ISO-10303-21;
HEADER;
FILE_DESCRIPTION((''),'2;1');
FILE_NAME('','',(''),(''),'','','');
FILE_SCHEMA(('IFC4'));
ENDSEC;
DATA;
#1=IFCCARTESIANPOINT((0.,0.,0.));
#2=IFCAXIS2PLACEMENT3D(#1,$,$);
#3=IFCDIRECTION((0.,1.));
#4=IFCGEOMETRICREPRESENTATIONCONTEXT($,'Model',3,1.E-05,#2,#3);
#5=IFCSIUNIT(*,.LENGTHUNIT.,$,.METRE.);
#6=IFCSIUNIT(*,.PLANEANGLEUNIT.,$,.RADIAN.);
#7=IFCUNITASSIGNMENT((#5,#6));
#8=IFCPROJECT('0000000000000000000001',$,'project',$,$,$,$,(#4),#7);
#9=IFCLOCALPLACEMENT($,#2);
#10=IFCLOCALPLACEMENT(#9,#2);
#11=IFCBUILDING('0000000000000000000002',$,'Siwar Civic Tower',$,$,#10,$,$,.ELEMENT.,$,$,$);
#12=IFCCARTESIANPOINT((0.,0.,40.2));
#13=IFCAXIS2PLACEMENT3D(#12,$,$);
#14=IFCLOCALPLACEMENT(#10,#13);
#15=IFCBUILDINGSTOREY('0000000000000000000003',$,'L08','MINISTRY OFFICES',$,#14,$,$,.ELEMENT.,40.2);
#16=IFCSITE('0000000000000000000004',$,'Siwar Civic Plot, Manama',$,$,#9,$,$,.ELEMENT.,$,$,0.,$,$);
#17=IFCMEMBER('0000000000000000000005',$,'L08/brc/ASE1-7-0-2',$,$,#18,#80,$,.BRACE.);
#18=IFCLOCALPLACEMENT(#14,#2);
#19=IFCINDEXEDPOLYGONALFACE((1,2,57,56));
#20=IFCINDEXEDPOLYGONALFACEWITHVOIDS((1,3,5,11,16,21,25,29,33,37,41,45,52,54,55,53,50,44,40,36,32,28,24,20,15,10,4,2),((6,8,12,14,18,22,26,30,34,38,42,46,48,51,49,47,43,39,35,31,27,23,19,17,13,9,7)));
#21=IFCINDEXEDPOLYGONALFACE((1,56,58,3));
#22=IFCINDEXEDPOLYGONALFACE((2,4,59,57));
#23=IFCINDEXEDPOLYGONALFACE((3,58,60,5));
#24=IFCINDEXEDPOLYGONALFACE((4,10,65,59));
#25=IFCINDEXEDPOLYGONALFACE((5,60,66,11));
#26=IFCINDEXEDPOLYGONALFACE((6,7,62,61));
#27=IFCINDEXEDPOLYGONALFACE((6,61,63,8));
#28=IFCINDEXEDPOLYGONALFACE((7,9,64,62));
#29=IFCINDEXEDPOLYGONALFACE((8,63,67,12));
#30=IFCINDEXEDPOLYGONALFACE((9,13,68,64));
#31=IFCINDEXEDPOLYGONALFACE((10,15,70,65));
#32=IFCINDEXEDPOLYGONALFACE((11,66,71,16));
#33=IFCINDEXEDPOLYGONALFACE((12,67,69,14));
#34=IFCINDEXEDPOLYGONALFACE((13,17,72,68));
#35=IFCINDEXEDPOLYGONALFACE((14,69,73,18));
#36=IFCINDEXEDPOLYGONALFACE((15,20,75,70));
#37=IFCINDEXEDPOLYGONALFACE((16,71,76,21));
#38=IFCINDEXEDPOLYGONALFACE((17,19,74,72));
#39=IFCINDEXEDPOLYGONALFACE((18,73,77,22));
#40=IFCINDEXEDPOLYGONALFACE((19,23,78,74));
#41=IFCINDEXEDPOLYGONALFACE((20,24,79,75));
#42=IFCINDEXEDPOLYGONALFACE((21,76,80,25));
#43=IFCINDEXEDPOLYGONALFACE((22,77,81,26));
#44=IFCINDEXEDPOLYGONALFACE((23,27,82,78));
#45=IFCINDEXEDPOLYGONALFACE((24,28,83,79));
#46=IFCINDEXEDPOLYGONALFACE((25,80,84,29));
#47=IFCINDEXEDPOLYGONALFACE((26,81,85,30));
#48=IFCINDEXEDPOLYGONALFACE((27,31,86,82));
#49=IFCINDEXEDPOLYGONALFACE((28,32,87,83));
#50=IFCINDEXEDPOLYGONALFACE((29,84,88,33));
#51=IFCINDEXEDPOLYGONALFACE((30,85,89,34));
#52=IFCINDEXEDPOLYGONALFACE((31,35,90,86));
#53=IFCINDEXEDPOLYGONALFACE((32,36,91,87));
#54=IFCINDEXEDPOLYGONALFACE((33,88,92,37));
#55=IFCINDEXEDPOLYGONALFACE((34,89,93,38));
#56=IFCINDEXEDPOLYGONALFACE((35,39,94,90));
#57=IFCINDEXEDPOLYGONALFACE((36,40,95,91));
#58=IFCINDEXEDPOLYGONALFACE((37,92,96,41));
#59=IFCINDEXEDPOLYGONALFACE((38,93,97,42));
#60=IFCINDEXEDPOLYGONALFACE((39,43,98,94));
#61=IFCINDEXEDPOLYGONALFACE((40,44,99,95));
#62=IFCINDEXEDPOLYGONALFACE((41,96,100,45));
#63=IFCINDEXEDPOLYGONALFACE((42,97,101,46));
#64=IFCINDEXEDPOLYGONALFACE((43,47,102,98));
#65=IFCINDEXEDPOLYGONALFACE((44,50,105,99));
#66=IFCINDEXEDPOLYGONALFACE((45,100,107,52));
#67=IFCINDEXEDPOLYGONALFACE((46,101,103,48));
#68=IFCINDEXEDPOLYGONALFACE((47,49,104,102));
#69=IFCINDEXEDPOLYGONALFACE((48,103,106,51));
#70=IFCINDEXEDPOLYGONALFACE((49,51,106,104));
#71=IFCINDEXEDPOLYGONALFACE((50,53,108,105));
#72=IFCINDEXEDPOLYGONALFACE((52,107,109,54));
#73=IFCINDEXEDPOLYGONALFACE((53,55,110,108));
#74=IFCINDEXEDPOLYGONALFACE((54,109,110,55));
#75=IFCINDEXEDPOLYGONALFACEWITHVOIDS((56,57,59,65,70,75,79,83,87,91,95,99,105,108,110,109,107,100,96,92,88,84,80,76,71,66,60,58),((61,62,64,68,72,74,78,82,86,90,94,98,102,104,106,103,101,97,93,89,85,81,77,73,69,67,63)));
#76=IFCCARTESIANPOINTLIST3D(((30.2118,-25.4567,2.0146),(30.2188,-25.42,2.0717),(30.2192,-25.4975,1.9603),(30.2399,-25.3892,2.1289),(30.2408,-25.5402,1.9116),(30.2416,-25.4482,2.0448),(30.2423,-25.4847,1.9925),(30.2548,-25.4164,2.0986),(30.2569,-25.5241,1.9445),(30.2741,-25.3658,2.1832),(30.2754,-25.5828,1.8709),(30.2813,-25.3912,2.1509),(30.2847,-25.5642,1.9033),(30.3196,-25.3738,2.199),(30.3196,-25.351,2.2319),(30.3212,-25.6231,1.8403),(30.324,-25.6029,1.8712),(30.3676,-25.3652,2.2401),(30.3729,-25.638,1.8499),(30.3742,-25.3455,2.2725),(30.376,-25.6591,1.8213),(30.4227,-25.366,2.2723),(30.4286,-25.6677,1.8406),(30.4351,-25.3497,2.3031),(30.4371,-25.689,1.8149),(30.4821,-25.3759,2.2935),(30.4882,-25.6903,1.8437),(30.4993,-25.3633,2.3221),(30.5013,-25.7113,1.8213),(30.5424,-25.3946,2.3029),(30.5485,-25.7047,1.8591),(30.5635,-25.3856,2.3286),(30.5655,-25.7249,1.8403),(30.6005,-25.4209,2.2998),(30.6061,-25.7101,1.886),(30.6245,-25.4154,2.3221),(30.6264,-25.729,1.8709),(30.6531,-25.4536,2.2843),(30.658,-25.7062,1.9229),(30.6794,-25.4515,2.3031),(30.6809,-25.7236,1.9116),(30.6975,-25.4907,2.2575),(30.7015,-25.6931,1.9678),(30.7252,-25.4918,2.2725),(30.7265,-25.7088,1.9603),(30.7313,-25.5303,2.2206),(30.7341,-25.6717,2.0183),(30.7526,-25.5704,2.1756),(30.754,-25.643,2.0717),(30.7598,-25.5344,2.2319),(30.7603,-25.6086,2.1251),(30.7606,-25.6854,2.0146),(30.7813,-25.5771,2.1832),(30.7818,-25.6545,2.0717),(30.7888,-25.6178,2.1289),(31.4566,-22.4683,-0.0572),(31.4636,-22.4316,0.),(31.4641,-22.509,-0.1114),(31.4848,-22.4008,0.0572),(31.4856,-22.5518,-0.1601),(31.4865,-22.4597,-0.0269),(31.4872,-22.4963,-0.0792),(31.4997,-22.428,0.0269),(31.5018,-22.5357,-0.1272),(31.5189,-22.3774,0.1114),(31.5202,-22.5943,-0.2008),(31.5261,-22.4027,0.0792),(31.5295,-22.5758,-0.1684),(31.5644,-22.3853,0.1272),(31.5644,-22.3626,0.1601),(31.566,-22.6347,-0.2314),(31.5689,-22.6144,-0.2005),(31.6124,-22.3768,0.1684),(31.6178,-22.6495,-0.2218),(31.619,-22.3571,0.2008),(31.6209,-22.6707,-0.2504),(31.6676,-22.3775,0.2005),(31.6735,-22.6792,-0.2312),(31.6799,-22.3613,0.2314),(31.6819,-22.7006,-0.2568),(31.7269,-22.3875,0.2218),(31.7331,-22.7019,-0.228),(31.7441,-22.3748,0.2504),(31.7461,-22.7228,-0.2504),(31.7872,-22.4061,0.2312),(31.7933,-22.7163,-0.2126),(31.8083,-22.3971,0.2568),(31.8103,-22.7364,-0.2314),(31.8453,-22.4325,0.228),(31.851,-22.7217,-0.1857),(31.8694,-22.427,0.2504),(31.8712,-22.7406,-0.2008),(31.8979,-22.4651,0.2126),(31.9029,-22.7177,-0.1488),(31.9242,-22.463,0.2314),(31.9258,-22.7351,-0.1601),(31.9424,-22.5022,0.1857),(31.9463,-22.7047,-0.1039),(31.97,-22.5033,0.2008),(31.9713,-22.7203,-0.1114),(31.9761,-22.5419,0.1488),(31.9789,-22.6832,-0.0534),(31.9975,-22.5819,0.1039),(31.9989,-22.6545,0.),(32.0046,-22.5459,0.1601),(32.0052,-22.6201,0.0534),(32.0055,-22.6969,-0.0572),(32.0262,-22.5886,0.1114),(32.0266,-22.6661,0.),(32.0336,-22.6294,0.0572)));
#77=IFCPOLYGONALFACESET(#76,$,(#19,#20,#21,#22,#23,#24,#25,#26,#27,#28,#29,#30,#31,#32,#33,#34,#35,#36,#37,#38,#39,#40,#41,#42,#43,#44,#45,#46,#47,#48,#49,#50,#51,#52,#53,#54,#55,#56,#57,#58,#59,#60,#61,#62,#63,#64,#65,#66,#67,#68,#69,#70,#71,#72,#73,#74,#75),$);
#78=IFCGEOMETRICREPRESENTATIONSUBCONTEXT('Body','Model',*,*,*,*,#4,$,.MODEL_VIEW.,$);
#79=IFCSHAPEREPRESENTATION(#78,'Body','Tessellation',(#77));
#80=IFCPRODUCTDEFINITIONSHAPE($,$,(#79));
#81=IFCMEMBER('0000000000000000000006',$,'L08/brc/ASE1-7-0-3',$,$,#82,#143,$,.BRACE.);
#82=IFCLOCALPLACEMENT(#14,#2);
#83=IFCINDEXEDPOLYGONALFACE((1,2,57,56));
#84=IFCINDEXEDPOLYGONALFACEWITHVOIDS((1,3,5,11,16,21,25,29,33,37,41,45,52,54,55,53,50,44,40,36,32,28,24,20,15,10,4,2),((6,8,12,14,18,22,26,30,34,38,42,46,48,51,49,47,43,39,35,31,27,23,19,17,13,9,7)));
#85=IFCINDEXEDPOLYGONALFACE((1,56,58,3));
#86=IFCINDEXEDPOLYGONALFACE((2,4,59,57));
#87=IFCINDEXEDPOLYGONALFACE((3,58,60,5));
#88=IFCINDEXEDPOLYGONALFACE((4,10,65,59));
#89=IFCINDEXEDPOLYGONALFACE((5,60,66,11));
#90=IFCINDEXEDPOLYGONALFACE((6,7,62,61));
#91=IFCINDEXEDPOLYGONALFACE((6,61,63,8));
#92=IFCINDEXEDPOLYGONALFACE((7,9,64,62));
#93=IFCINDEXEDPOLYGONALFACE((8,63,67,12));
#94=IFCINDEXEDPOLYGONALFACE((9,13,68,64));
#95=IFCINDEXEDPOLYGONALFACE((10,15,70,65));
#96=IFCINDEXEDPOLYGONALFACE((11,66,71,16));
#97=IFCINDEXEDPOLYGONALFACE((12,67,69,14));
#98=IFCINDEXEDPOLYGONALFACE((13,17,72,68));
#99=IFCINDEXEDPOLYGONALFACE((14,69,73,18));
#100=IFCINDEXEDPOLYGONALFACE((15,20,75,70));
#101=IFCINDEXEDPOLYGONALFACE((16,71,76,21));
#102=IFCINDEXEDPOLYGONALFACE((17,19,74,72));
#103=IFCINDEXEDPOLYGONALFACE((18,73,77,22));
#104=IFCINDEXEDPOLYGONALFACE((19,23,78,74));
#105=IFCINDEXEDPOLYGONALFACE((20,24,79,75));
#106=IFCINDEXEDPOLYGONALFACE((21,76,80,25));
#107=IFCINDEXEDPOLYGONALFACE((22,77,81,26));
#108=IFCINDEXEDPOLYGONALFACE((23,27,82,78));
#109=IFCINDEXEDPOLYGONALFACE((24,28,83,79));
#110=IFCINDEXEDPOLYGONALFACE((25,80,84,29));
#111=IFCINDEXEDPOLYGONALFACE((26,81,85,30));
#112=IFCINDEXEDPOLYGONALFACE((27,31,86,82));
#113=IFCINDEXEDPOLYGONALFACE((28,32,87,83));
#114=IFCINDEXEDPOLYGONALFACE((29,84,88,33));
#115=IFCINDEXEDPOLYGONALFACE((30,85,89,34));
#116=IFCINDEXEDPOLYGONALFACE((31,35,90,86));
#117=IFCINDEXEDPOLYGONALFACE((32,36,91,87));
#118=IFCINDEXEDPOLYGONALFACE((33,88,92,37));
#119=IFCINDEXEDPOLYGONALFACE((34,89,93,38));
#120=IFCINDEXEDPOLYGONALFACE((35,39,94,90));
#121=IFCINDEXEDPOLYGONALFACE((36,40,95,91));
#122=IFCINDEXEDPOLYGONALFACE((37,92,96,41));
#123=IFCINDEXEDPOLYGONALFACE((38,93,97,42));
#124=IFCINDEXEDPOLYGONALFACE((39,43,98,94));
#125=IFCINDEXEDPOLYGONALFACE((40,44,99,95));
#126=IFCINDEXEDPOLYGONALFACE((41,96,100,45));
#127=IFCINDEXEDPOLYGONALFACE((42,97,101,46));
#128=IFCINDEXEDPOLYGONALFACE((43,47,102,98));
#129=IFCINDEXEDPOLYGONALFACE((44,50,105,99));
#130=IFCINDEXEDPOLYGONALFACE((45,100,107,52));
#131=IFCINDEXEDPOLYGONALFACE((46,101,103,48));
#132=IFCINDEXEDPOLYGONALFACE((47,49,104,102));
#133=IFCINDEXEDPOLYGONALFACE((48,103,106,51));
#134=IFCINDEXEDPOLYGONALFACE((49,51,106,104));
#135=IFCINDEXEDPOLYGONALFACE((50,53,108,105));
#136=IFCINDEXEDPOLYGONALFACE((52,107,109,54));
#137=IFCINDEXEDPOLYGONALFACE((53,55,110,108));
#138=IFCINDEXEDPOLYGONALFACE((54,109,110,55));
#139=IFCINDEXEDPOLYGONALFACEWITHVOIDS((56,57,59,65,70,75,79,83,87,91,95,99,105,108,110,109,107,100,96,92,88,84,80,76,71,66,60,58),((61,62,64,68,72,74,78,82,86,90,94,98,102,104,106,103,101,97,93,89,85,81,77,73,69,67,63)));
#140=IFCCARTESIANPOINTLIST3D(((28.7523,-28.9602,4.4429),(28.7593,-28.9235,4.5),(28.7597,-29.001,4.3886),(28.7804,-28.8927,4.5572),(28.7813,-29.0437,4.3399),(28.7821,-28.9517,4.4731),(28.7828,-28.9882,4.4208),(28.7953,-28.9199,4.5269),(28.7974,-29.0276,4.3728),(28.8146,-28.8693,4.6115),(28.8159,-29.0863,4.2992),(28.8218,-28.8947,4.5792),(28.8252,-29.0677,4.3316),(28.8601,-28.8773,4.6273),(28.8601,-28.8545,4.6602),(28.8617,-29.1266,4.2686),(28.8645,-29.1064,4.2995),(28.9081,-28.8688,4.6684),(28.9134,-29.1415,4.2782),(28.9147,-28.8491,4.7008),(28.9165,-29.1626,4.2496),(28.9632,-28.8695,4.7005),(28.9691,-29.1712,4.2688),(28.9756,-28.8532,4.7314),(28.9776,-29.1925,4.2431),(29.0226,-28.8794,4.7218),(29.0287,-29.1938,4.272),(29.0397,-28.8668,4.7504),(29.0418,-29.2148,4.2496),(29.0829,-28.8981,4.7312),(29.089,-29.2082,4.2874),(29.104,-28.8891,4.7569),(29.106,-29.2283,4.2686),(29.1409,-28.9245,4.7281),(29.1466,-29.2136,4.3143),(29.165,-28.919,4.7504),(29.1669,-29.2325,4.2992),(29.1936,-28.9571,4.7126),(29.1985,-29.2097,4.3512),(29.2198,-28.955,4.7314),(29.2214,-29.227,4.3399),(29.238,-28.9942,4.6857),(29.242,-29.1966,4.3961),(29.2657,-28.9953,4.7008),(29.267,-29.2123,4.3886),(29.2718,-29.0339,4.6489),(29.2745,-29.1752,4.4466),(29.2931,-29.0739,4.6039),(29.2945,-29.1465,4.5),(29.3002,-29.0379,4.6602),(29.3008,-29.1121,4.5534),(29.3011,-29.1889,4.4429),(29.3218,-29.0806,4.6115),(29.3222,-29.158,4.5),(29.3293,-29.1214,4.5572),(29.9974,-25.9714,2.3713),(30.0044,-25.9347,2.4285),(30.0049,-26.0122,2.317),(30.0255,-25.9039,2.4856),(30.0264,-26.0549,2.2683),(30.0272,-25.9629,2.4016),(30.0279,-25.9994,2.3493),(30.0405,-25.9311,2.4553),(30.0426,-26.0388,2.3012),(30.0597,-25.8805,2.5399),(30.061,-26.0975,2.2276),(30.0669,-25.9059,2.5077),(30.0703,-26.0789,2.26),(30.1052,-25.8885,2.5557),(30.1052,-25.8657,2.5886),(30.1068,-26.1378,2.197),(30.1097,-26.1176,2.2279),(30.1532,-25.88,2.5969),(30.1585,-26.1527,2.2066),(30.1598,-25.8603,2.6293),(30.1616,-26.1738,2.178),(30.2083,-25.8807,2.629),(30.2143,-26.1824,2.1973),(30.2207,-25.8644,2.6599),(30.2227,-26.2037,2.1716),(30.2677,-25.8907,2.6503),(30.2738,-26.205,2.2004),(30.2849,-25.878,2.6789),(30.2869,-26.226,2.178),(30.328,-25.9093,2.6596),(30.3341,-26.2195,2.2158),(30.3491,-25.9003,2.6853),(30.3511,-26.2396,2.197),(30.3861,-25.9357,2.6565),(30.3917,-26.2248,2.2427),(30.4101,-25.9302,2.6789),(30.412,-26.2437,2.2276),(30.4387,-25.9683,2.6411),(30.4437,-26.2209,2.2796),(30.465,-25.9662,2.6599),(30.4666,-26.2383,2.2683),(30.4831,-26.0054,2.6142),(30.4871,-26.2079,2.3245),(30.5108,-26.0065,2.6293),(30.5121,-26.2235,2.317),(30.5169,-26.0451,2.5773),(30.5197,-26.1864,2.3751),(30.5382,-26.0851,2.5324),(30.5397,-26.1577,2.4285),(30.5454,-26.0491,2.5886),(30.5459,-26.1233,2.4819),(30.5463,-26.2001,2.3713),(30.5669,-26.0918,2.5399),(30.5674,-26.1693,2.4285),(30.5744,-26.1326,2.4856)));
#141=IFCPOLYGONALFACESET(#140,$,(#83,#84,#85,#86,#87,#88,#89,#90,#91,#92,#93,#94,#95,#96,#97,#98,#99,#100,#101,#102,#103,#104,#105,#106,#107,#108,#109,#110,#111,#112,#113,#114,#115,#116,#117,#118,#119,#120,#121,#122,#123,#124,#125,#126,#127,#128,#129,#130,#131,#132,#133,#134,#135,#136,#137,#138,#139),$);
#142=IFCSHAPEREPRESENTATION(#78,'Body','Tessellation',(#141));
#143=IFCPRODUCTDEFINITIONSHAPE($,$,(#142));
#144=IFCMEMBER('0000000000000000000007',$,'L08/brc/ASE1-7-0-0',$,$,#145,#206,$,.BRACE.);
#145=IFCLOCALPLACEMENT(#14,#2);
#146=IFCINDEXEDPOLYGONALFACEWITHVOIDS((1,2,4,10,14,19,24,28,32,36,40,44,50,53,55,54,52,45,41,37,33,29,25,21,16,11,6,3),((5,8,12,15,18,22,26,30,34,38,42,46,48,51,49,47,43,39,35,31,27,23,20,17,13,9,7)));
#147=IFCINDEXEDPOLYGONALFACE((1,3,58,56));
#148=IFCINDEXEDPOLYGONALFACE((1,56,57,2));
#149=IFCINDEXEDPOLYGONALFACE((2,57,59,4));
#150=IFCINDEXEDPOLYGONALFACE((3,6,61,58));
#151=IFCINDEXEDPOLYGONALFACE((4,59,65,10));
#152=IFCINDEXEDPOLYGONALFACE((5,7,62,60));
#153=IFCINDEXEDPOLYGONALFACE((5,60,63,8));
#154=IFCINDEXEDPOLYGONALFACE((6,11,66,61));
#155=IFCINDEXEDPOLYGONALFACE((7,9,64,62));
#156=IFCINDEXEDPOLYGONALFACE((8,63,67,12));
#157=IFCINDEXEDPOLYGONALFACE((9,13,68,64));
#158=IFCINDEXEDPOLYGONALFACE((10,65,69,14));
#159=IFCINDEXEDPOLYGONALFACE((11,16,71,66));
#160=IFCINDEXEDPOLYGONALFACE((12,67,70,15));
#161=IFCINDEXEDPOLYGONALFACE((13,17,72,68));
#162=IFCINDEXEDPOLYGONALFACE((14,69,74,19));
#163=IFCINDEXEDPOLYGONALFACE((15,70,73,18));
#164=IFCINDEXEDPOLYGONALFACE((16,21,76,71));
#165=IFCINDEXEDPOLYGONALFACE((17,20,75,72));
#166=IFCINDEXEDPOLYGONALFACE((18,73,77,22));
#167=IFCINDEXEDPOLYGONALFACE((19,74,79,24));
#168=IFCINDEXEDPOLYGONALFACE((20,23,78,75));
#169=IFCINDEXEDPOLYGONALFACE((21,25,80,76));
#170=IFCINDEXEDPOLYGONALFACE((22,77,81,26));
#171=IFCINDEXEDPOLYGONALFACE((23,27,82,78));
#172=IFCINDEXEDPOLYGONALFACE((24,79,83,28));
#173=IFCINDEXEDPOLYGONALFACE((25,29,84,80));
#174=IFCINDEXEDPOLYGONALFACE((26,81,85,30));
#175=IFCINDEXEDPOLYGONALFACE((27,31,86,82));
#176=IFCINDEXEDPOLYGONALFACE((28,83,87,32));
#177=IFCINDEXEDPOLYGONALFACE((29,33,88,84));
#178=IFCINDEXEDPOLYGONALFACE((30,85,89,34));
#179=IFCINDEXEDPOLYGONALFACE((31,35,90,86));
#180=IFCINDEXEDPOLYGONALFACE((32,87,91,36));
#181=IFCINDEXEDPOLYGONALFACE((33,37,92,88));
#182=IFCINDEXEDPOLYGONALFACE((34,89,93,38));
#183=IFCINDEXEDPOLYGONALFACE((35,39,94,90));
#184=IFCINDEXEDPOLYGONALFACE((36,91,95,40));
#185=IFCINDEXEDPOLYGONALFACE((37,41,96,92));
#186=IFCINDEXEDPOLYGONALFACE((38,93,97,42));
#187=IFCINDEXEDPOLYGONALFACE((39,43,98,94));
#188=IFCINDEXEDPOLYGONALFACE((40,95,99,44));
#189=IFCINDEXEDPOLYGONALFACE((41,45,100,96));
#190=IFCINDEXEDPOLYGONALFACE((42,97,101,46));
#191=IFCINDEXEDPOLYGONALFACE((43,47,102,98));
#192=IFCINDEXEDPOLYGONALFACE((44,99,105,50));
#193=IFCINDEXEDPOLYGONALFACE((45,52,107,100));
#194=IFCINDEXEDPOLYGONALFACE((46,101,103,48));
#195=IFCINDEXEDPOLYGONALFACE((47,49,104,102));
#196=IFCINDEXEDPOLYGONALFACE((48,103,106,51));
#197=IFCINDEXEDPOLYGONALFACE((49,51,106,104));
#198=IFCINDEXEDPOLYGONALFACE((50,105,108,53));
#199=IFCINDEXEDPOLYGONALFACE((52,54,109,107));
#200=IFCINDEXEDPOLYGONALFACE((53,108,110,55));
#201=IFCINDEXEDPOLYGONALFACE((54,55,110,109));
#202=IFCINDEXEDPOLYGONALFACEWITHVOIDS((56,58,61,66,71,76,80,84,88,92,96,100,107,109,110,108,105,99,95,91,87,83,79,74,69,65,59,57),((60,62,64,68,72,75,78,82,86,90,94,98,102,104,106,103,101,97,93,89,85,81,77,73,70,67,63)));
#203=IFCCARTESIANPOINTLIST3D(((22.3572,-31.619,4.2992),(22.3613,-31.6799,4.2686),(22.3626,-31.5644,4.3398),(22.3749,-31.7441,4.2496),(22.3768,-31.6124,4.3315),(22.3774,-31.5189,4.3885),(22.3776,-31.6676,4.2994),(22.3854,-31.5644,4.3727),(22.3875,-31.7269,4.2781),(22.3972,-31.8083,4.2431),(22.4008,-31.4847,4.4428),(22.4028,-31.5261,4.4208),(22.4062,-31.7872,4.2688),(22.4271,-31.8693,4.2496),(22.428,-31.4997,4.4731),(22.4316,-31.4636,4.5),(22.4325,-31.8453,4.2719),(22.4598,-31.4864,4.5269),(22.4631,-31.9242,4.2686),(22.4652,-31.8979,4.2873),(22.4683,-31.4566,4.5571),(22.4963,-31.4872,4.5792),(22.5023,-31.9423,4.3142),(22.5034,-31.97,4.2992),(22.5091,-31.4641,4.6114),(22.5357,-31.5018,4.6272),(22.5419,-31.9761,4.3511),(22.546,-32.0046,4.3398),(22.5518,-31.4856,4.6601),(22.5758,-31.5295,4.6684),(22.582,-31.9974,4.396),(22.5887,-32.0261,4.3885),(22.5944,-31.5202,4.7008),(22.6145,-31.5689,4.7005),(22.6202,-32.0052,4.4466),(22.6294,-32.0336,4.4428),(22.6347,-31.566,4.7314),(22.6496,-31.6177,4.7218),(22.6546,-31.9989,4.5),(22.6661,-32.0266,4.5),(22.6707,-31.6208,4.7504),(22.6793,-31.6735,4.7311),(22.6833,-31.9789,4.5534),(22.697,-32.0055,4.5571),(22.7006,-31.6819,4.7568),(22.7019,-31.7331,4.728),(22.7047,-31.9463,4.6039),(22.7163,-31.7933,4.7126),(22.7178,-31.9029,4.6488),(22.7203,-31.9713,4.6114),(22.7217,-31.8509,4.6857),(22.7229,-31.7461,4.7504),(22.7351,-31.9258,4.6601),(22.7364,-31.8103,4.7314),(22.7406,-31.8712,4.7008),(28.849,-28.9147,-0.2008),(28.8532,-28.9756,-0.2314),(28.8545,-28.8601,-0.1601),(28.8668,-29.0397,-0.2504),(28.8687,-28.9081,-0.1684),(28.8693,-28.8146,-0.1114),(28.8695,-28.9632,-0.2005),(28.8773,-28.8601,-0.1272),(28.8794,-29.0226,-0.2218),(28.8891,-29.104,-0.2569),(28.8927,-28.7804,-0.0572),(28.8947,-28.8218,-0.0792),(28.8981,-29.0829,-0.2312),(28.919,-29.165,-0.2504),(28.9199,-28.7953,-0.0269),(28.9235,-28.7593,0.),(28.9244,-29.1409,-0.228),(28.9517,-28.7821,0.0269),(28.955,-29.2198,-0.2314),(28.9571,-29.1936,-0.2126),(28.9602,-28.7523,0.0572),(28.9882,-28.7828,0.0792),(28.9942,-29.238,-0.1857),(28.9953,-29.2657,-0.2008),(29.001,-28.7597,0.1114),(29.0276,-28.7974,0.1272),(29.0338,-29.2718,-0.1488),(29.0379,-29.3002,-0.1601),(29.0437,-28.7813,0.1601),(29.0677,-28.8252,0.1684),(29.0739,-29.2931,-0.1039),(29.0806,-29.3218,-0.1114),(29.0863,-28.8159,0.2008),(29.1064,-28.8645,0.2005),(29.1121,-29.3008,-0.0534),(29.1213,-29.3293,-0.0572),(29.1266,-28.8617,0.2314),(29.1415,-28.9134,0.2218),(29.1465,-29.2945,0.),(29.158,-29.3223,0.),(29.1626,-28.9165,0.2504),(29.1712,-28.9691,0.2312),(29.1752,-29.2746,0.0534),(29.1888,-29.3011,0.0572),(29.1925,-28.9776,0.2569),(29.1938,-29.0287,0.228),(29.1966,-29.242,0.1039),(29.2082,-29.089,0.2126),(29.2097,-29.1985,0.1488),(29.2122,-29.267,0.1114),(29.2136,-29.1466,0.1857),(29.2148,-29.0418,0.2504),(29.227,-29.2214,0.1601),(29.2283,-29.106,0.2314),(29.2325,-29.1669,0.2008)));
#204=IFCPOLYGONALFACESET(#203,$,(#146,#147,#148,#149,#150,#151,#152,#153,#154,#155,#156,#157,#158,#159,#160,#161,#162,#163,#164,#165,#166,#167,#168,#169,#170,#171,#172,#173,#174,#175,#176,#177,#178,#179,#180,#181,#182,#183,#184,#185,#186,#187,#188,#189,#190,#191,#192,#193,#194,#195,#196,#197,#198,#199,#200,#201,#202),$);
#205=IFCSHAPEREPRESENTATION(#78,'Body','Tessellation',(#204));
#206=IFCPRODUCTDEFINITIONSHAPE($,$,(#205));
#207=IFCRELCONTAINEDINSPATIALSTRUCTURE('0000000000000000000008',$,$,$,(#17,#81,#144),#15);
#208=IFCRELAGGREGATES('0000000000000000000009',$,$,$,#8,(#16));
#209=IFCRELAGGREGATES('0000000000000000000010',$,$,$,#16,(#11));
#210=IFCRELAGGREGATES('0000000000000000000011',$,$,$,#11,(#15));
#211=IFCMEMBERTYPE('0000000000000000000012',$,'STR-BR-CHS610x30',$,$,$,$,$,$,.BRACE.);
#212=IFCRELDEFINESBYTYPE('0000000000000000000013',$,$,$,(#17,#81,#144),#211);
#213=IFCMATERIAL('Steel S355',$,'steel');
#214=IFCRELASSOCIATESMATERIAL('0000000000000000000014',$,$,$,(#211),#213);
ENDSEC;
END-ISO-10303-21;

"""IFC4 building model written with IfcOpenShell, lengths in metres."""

from ifc_helpers import new_model, si_unit, direction, frame, origin, origin_2d, place, context, subcontext, project, spatial, hollow_circle, extrude, material, material_profile, profile_set, type_object, element, save


model = new_model("IFC4")

# Units and contexts
model_context = context("Model", 3, precision=1e-05, world=origin(), true_north=direction((0.0, 1.0)))
body_context = subcontext(model_context, "Body", "Model", "MODEL_VIEW")
ifc_project = project(units=[si_unit("LENGTHUNIT", "METRE"), si_unit("PLANEANGLEUNIT", "RADIAN")], contexts=[model_context])

# Site, building, storey
site_placement = place(None, origin())
site = spatial("IfcSite", under=ifc_project, at=site_placement, Name="Siwar Civic Plot, Manama", CompositionType="ELEMENT", RefElevation=0.0)
building_placement = place(site_placement, origin())
building = spatial("IfcBuilding", under=site, at=building_placement, Name="Siwar Civic Tower", CompositionType="ELEMENT")
storey_placement = place(building_placement, frame((0.0, 0.0, 40.2)))
storey = spatial("IfcBuildingStorey", under=building, at=storey_placement, Name="L08", Description="MINISTRY OFFICES", CompositionType="ELEMENT", Elevation=40.2)

# Members
ifc_material_1 = material(Name="Steel S355", Category="steel")
ifc_material_profile_1 = material_profile(ifc_material_1, hollow_circle(Radius=0.3049, WallThickness=0.03, at=origin_2d()), Name="CHS610x30")
ifc_profile_set_1 = profile_set([ifc_material_profile_1], Name="Steel S355")
member_type_1 = type_object("IfcMemberType", Name="STR-BR-CHS610x30", PredefinedType="BRACE", material=ifc_profile_set_1)
member_1_placement = place(storey_placement, frame((31.7451, -22.5488, 0.0), z_axis=(-0.323882, -0.777533, 0.53902), x_axis=(0.923115, -0.384524, 0.0)))
element("IfcMember", 1, at=member_1_placement, inside=storey, type_object=member_type_1, Name="L08/brc/ASE1-7-0-2", PredefinedType="BRACE", context=body_context, shape_type="SweptSolid", body=[
    extrude(hollow_circle(Radius=0.3049, WallThickness=0.03, at=origin_2d()), origin(), (0.0, 0.0, 1.0), 3.8435),
])
member_2_placement = place(storey_placement, frame((30.2859, -26.052, 2.4285), z_axis=(-0.323934, -0.777569, 0.538937), x_axis=(0.923099, -0.384562, 0.0)))
element("IfcMember", 2, at=member_2_placement, inside=storey, type_object=member_type_1, Name="L08/brc/ASE1-7-0-3", PredefinedType="BRACE", context=body_context, shape_type="SweptSolid", body=[
    extrude(hollow_circle(Radius=0.3049, WallThickness=0.03, at=origin_2d()), origin(), (0.0, 0.0, 1.0), 3.8438),
])
member_3_placement = place(storey_placement, frame((29.0408, -29.0408, 0.0), z_axis=(-0.777555, -0.323906, 0.538975), x_axis=(0.384539, -0.923109, 0.0)))
element("IfcMember", 3, at=member_3_placement, inside=storey, type_object=member_type_1, Name="L08/brc/ASE1-7-0-0", PredefinedType="BRACE", context=body_context, shape_type="SweptSolid", body=[
    extrude(hollow_circle(Radius=0.3049, WallThickness=0.03, at=origin_2d()), origin(), (0.0, 0.0, 1.0), 8.3491),
])

save(model, "model.ifc")
